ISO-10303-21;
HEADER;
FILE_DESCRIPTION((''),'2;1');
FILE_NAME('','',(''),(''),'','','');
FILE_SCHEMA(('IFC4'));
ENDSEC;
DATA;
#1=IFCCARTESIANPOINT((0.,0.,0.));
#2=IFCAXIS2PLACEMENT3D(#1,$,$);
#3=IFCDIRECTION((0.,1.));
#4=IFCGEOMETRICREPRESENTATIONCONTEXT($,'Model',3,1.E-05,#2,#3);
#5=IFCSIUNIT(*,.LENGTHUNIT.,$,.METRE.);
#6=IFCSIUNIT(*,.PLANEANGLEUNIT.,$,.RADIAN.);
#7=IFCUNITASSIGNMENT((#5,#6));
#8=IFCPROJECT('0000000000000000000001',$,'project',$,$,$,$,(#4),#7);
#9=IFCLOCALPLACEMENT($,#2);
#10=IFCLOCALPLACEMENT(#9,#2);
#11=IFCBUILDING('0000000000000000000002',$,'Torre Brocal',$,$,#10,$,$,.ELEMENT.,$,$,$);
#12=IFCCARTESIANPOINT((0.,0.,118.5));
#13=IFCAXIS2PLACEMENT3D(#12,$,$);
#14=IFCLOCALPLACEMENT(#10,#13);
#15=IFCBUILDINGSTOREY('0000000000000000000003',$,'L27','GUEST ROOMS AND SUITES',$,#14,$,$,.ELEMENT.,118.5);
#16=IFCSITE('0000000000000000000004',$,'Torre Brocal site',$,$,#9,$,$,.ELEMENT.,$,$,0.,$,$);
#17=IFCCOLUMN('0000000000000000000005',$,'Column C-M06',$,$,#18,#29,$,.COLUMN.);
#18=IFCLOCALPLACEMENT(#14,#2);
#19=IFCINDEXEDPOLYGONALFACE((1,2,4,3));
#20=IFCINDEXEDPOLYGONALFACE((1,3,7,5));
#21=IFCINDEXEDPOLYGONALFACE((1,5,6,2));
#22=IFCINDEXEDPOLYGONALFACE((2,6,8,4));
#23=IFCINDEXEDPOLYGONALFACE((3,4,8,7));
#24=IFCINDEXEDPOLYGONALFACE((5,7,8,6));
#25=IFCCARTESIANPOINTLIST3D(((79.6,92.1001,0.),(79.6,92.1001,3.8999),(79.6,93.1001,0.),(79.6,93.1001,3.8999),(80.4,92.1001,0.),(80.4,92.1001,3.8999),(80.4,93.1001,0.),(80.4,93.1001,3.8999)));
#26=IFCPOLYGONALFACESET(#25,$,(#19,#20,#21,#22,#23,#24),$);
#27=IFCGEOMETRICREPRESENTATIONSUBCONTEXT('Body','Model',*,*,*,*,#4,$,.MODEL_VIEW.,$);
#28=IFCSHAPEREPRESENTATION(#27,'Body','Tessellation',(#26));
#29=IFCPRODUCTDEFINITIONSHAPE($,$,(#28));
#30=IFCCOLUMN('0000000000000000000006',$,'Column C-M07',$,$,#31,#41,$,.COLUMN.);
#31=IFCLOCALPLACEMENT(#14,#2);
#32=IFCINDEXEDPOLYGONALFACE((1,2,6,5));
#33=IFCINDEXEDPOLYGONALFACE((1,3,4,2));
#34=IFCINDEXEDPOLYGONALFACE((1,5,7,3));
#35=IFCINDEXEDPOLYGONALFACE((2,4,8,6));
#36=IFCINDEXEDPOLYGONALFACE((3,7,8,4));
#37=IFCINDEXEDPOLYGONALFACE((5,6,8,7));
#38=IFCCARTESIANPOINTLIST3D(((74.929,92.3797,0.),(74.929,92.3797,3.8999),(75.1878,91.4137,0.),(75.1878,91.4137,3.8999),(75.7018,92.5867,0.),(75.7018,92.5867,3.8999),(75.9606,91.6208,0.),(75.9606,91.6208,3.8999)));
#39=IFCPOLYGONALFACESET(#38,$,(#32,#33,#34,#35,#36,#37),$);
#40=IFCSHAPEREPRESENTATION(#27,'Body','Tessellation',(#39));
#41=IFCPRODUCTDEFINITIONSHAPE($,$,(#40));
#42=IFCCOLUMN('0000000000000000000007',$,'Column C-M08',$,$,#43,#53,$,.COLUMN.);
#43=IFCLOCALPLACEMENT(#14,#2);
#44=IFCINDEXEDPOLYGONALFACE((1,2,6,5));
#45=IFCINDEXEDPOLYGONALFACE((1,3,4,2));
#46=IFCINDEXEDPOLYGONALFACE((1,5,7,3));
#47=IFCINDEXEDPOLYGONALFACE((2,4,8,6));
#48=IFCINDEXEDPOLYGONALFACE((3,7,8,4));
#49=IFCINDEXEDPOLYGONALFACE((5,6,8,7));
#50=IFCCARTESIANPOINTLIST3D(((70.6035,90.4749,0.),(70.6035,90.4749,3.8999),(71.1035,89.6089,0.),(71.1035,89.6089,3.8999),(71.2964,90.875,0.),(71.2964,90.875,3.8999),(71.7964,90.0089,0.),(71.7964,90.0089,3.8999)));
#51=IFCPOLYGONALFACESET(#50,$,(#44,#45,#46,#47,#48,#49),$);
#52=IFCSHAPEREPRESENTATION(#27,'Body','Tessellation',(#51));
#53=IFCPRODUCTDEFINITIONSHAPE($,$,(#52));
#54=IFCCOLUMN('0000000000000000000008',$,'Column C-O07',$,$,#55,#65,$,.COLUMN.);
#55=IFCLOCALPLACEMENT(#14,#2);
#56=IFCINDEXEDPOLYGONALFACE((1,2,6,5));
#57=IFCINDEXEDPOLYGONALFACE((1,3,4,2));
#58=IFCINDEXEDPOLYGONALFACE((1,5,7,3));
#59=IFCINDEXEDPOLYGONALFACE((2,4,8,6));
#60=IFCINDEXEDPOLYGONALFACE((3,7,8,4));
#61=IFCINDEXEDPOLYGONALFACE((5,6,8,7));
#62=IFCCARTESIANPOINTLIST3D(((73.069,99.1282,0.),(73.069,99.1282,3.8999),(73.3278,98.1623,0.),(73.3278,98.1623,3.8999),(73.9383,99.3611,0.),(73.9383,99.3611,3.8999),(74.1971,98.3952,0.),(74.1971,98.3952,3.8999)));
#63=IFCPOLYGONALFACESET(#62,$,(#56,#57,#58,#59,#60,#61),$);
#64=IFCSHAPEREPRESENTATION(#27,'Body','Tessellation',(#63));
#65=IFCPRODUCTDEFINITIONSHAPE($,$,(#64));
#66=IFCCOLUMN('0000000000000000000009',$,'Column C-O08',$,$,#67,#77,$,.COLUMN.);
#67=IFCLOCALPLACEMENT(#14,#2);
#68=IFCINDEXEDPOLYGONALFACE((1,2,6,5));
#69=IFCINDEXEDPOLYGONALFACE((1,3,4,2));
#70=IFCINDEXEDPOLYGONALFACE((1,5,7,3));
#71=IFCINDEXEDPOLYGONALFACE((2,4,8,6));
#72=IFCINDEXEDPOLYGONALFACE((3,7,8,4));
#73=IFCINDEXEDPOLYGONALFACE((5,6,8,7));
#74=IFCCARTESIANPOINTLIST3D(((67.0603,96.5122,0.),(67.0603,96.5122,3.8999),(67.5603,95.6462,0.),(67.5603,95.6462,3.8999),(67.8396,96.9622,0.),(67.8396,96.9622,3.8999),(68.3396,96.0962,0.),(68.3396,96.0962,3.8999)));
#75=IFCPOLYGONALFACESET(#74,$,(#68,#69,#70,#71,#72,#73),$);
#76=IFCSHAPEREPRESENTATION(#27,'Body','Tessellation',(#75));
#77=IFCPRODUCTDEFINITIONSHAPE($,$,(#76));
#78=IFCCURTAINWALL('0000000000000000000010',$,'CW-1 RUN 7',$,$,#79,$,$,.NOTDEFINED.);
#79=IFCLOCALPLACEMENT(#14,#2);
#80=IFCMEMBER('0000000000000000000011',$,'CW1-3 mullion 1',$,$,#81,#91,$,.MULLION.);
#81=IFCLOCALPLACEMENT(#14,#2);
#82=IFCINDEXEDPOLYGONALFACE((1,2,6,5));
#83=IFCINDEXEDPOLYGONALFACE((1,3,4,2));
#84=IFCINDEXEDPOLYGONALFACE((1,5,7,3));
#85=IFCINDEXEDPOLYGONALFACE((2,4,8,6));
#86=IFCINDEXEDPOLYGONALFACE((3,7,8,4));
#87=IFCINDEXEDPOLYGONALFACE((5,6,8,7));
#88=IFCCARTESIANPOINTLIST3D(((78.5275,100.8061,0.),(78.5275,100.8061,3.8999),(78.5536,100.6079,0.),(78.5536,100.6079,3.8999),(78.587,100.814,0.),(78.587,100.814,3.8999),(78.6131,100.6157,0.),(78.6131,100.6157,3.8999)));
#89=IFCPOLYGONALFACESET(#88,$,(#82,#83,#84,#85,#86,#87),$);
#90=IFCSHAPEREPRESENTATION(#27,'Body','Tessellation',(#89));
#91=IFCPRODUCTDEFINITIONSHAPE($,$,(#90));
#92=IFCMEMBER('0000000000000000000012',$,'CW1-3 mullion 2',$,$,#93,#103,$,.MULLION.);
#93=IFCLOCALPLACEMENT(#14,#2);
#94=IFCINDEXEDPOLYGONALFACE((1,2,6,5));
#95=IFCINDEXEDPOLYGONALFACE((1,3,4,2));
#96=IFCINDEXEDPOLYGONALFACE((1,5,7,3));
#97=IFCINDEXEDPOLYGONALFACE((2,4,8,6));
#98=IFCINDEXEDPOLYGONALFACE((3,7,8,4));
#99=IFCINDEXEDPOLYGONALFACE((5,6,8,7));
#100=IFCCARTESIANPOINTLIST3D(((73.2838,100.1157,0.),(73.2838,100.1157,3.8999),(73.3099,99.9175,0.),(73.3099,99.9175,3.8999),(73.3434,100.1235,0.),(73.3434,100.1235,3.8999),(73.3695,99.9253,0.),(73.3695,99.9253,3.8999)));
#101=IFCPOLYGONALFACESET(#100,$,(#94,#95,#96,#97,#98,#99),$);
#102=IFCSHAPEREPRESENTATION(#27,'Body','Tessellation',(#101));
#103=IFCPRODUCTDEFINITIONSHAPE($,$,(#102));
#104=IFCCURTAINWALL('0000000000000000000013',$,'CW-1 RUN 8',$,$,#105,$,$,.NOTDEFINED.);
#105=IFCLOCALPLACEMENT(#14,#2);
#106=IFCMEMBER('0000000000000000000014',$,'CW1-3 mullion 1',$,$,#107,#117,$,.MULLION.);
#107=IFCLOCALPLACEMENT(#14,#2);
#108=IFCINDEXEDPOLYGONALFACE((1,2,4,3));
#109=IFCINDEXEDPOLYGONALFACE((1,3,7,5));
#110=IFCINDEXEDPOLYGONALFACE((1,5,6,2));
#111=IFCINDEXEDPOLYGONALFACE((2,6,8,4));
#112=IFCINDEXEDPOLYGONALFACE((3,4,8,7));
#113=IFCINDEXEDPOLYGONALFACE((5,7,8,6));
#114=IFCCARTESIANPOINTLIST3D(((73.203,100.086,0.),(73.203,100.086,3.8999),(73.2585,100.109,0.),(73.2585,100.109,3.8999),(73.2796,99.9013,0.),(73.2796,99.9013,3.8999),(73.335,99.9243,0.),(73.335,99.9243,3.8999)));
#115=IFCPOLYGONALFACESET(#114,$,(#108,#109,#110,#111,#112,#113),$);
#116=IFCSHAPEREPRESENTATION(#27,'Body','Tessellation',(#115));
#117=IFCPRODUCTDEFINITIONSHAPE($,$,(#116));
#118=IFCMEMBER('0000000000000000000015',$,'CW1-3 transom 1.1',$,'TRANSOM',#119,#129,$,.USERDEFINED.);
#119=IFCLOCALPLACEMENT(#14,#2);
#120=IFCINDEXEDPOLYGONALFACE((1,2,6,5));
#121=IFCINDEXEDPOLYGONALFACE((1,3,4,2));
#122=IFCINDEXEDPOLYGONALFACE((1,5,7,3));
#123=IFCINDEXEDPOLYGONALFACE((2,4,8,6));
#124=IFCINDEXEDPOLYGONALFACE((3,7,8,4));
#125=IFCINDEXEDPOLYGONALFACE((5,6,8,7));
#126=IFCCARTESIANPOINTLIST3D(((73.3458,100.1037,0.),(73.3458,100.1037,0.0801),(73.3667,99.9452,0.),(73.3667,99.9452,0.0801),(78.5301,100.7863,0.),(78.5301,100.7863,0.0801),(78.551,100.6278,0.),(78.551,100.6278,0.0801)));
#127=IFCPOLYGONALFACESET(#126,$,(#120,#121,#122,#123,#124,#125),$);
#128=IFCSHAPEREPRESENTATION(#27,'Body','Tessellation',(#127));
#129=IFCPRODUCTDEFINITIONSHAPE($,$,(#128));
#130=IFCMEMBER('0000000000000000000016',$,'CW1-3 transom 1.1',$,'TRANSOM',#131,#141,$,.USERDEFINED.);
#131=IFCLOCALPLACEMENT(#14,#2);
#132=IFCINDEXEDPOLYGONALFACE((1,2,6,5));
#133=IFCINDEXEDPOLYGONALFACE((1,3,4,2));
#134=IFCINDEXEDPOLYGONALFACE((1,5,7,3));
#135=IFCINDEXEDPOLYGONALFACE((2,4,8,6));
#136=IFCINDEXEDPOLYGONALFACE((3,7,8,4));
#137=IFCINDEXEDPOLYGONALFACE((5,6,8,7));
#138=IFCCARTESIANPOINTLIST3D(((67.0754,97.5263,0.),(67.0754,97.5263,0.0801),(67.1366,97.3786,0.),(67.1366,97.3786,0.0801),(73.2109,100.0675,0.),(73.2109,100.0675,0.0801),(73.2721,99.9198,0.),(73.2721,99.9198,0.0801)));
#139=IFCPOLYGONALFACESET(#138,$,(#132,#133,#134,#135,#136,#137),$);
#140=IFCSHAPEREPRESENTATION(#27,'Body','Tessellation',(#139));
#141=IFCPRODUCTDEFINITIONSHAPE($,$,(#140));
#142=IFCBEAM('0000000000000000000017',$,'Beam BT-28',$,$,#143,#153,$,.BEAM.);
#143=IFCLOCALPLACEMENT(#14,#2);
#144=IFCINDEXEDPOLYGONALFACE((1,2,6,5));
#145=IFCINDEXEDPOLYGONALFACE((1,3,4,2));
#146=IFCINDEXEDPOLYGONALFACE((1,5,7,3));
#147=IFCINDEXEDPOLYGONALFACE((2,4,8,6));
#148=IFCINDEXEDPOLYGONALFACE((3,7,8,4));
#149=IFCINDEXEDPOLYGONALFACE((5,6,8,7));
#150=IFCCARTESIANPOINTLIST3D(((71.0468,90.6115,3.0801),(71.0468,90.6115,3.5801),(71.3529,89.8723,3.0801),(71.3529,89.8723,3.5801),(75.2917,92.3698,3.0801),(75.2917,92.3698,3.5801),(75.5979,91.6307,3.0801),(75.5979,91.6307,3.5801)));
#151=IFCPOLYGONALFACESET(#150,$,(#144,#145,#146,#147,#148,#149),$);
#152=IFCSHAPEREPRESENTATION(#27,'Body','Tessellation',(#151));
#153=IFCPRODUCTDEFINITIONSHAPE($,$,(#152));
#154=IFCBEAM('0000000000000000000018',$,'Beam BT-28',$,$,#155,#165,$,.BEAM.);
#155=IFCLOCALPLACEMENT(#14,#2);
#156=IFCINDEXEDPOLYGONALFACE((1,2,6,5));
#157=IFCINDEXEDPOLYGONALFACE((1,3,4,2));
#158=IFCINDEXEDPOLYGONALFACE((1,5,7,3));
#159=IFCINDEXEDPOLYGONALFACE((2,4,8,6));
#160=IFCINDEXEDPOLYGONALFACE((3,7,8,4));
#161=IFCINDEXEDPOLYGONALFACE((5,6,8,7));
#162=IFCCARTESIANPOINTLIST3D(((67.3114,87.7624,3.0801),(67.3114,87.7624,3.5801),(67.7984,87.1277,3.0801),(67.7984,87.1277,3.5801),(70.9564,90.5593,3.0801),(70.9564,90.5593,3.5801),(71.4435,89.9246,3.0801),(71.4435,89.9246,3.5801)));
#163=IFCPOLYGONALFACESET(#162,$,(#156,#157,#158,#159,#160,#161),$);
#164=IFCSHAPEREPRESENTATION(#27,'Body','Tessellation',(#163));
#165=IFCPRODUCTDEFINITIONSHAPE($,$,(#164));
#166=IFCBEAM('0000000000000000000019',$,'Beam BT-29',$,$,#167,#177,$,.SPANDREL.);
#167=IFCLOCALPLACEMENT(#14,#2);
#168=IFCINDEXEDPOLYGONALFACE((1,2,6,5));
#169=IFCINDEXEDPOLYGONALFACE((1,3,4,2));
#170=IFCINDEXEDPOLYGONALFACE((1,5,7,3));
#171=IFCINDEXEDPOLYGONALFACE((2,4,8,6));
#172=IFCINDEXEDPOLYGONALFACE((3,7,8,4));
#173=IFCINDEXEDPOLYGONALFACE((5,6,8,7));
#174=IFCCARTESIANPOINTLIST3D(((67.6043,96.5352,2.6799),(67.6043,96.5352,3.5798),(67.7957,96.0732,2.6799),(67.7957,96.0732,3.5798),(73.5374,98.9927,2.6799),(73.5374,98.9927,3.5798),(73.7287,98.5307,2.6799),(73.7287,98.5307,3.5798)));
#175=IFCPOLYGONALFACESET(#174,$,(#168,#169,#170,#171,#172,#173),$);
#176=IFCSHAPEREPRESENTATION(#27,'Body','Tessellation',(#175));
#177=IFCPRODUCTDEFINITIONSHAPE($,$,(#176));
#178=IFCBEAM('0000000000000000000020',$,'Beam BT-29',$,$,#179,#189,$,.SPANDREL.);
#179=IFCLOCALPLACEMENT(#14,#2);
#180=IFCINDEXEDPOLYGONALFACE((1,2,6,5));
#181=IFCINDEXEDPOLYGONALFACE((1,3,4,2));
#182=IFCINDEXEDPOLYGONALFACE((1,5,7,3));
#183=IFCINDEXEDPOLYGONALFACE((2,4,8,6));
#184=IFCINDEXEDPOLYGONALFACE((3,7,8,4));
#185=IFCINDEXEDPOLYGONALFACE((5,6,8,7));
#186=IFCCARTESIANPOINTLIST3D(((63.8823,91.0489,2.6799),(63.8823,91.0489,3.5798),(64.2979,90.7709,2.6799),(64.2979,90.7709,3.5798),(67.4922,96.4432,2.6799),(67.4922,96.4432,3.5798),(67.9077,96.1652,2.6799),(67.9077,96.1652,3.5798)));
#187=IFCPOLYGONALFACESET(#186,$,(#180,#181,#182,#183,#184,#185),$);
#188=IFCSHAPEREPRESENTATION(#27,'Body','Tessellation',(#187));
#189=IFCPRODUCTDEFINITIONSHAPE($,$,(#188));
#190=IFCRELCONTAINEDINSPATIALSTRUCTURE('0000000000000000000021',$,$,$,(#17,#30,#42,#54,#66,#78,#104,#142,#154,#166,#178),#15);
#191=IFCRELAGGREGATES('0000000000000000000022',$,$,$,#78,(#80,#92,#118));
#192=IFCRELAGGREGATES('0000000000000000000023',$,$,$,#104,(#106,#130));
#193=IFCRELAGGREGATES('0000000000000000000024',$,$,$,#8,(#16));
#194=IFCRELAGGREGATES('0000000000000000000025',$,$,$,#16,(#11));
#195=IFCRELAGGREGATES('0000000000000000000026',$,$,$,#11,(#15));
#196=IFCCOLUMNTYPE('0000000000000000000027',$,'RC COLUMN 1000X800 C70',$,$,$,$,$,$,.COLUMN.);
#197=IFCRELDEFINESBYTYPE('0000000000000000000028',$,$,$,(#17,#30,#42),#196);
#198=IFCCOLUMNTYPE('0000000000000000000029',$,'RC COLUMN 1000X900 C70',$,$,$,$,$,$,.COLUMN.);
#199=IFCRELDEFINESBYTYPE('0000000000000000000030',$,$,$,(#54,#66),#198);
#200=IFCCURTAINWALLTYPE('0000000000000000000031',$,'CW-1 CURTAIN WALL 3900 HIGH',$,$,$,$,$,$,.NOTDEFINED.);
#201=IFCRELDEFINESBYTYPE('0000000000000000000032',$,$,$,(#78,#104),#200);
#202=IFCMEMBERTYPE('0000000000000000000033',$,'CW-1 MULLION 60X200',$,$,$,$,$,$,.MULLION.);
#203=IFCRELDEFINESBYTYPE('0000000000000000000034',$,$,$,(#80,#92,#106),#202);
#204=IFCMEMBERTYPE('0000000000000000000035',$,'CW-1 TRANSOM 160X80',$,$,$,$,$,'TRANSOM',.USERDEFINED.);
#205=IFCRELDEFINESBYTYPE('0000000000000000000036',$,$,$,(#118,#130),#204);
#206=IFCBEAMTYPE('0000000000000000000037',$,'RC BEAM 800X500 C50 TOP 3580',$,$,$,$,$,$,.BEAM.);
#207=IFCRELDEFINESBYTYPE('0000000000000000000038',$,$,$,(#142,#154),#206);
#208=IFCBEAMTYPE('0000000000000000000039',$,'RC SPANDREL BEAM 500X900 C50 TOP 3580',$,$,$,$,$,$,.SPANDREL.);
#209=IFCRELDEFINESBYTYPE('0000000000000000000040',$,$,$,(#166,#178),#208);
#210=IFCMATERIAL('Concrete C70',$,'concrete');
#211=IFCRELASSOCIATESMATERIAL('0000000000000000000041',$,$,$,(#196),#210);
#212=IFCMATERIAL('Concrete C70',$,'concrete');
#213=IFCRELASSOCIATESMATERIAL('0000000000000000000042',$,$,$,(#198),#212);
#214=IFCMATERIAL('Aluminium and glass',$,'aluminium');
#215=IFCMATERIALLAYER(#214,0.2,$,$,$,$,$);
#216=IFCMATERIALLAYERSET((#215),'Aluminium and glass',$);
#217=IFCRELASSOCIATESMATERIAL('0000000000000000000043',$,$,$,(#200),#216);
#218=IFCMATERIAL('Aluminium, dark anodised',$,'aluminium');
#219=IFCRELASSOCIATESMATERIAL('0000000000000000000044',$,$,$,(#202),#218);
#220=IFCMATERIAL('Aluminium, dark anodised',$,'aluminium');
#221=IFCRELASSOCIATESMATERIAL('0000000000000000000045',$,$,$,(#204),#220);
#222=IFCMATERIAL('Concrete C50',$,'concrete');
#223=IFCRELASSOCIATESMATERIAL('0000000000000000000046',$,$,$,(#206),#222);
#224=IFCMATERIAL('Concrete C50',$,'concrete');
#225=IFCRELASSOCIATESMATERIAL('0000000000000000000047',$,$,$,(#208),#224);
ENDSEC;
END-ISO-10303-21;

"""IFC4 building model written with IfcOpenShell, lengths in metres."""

from ifc_helpers import new_model, si_unit, direction, frame, origin, origin_2d, place, context, subcontext, project, spatial, rectangle, extrude, material, layer, layer_set, material_profile, profile_set, type_object, element, aggregate, save


model = new_model("IFC4")

# Units and contexts
model_context = context("Model", 3, precision=1e-05, world=origin(), true_north=direction((0.0, 1.0)))
body_context = subcontext(model_context, "Body", "Model", "MODEL_VIEW")
ifc_project = project(units=[si_unit("LENGTHUNIT", "METRE"), si_unit("PLANEANGLEUNIT", "RADIAN")], contexts=[model_context])

# Site, building, storey
site_placement = place(None, origin())
site = spatial("IfcSite", under=ifc_project, at=site_placement, Name="Torre Brocal site", CompositionType="ELEMENT", RefElevation=0.0)
building_placement = place(site_placement, origin())
building = spatial("IfcBuilding", under=site, at=building_placement, Name="Torre Brocal", CompositionType="ELEMENT")
storey_placement = place(building_placement, frame((0.0, 0.0, 118.5)))
storey = spatial("IfcBuildingStorey", under=building, at=storey_placement, Name="L27", Description="GUEST ROOMS AND SUITES", CompositionType="ELEMENT", Elevation=118.5)

# Columns
ifc_material_1 = material(Name="Concrete C70", Category="concrete")
ifc_material_profile_1 = material_profile(ifc_material_1, rectangle(XDim=1.0, YDim=0.8, at=origin_2d()), Name="RC 1000X800")
ifc_profile_set_1 = profile_set([ifc_material_profile_1], Name="Concrete C70")
column_type_1 = type_object("IfcColumnType", Name="RC COLUMN 1000X800 C70", PredefinedType="COLUMN", material=ifc_profile_set_1)
for number, where, z_axis, x_axis, name in (
    (1, (80.0, 92.6001, 0.0), (0.0, 0.0, 1.0), (0.0, 1.0, 0.0), "Column C-M06"),
    (2, (75.4448, 92.0002, 0.0), (0.0, 0.0, 1.0), (-0.258819, 0.965926, 0.0), "Column C-M07"),
    (3, (71.2, 90.2419, 0.0), (0.0, 0.0, 1.0), (-0.5, 0.866025, 0.0), "Column C-M08"),
):
    element("IfcColumn", number, at=place(storey_placement, frame(where, z_axis=z_axis, x_axis=x_axis)), inside=storey, type_object=column_type_1, Name=name, PredefinedType="COLUMN", context=body_context, shape_type="SweptSolid", body=[
        extrude(rectangle(XDim=1.0, YDim=0.8, at=origin_2d()), origin(), (0.0, 0.0, 1.0), 3.8999),
    ])
ifc_material_2 = material(Name="Concrete C70", Category="concrete")
ifc_material_profile_2 = material_profile(ifc_material_2, rectangle(XDim=1.0, YDim=0.8999, at=origin_2d()), Name="RC 1000X900")
ifc_profile_set_2 = profile_set([ifc_material_profile_2], Name="Concrete C70")
column_type_2 = type_object("IfcColumnType", Name="RC COLUMN 1000X900 C70", PredefinedType="COLUMN", material=ifc_profile_set_2)
for number, where, z_axis, x_axis, name in (
    (4, (73.6331, 98.7617, 0.0), (0.0, 0.0, 1.0), (-0.258819, 0.965926, 0.0), "Column C-O07"),
    (5, (67.7, 96.3042, 0.0), (0.0, 0.0, 1.0), (-0.5, 0.866025, 0.0), "Column C-O08"),
):
    element("IfcColumn", number, at=place(storey_placement, frame(where, z_axis=z_axis, x_axis=x_axis)), inside=storey, type_object=column_type_2, Name=name, PredefinedType="COLUMN", context=body_context, shape_type="SweptSolid", body=[
        extrude(rectangle(XDim=1.0, YDim=0.8999, at=origin_2d()), origin(), (0.0, 0.0, 1.0), 3.8999),
    ])

# Curtain wall, members
ifc_material_3 = material(Name="Aluminium and glass", Category="aluminium")
ifc_layer_1 = layer(ifc_material_3, 0.2)
ifc_layer_set_1 = layer_set([ifc_layer_1], Name="Aluminium and glass")
curtain_wall_type = type_object("IfcCurtainWallType", Name="CW-1 CURTAIN WALL 3900 HIGH", PredefinedType="NOTDEFINED", material=ifc_layer_set_1)
curtain_wall_1_placement = place(storey_placement, origin())
curtain_wall_1 = element("IfcCurtainWall", 6, at=curtain_wall_1_placement, inside=storey, type_object=curtain_wall_type, Name="CW-1 RUN 7", PredefinedType="NOTDEFINED")
ifc_material_4 = material(Name="Aluminium, dark anodised", Category="aluminium")
ifc_material_profile_3 = material_profile(ifc_material_4, rectangle(XDim=0.2, YDim=0.0601, at=origin_2d()), Name="CW-1 MULLION 60X200")
ifc_profile_set_3 = profile_set([ifc_material_profile_3], Name="Aluminium, dark anodised")
member_type_1 = type_object("IfcMemberType", Name="CW-1 MULLION 60X200", PredefinedType="MULLION", material=ifc_profile_set_3)
member_1_placement = place(storey_placement, frame((78.5703, 100.7109, 0.0), z_axis=(0.0, 0.0, 1.0), x_axis=(0.130526, -0.991445, 0.0)))
member_1 = element("IfcMember", 7, at=member_1_placement, type_object=member_type_1, Name="CW1-3 mullion 1", PredefinedType="MULLION", context=body_context, shape_type="SweptSolid", body=[
    extrude(rectangle(XDim=0.2, YDim=0.0601, at=origin_2d()), origin(), (0.0, 0.0, 1.0), 3.8999),
])
member_2_placement = place(storey_placement, frame((73.3267, 100.0205, 0.0), z_axis=(0.0, 0.0, 1.0), x_axis=(0.130526, -0.991445, 0.0)))
member_2 = element("IfcMember", 8, at=member_2_placement, type_object=member_type_1, Name="CW1-3 mullion 2", PredefinedType="MULLION", context=body_context, shape_type="SweptSolid", body=[
    extrude(rectangle(XDim=0.2, YDim=0.0601, at=origin_2d()), origin(), (0.0, 0.0, 1.0), 3.8999),
])

# Curtain wall, member
curtain_wall_2_placement = place(storey_placement, origin())
curtain_wall_2 = element("IfcCurtainWall", 9, at=curtain_wall_2_placement, inside=storey, type_object=curtain_wall_type, Name="CW-1 RUN 8", PredefinedType="NOTDEFINED")
member_3_placement = place(storey_placement, frame((73.269, 100.0051, 0.0), z_axis=(0.0, 0.0, 1.0), x_axis=(0.382683, -0.92388, 0.0)))
member_3 = element("IfcMember", 10, at=member_3_placement, type_object=member_type_1, Name="CW1-3 mullion 1", PredefinedType="MULLION", context=body_context, shape_type="SweptSolid", body=[
    extrude(rectangle(XDim=0.2, YDim=0.0601, at=origin_2d()), origin(), (0.0, 0.0, 1.0), 3.8999),
])

# Members
ifc_material_5 = material(Name="Aluminium, dark anodised", Category="aluminium")
ifc_material_profile_4 = material_profile(ifc_material_5, rectangle(XDim=0.1599, YDim=0.0801, at=origin_2d()), Name="CW-1 TRANSOM 160X80")
ifc_profile_set_4 = profile_set([ifc_material_profile_4], Name="Aluminium, dark anodised")
member_type_2 = type_object("IfcMemberType", Name="CW-1 TRANSOM 160X80", ElementType="TRANSOM", PredefinedType="USERDEFINED", material=ifc_profile_set_4)
member_4_placement = place(storey_placement, frame((78.5405, 100.707, 0.04), z_axis=(-0.991443, -0.130543, 0.0), x_axis=(0.130543, -0.991443, 0.0)))
member_4 = element("IfcMember", 11, at=member_4_placement, type_object=member_type_2, Name="CW1-3 transom 1.1", ObjectType="TRANSOM", PredefinedType="USERDEFINED", context=body_context, shape_type="SweptSolid", body=[
    extrude(rectangle(XDim=0.1599, YDim=0.0801, at=origin_2d()), origin(), (0.0, 0.0, 1.0), 5.229),
])
member_5_placement = place(storey_placement, frame((73.2415, 99.9937, 0.04), z_axis=(-0.923887, -0.382665, 0.0), x_axis=(0.382665, -0.923887, 0.0)))
member_5 = element("IfcMember", 12, at=member_5_placement, type_object=member_type_2, Name="CW1-3 transom 1.1", ObjectType="TRANSOM", PredefinedType="USERDEFINED", context=body_context, shape_type="SweptSolid", body=[
    extrude(rectangle(XDim=0.1599, YDim=0.0801, at=origin_2d()), origin(), (0.0, 0.0, 1.0), 6.6409),
])

# Beams
ifc_material_6 = material(Name="Concrete C50", Category="concrete")
ifc_material_profile_5 = material_profile(ifc_material_6, rectangle(XDim=0.8, YDim=0.5, at=origin_2d()), Name="RC 800X500")
ifc_profile_set_5 = profile_set([ifc_material_profile_5], Name="Concrete C50")
beam_type_1 = type_object("IfcBeamType", Name="RC BEAM 800X500 C50 TOP 3580", PredefinedType="BEAM", material=ifc_profile_set_5)
beam_1_placement = place(storey_placement, frame((75.4448, 92.0002, 3.3301), z_axis=(-0.923878, -0.382687, 0.0), x_axis=(0.382687, -0.923878, 0.0)))
element("IfcBeam", 13, at=beam_1_placement, inside=storey, type_object=beam_type_1, Name="Beam BT-28", PredefinedType="BEAM", context=body_context, shape_type="SweptSolid", body=[
    extrude(rectangle(XDim=0.8, YDim=0.5, at=origin_2d()), origin(), (0.0, 0.0, 1.0), 4.5947),
])
beam_2_placement = place(storey_placement, frame((71.2, 90.2419, 3.3301), z_axis=(-0.793358, -0.608755, 0.0), x_axis=(0.608755, -0.793358, 0.0)))
element("IfcBeam", 14, at=beam_2_placement, inside=storey, type_object=beam_type_1, Name="Beam BT-28", PredefinedType="BEAM", context=body_context, shape_type="SweptSolid", body=[
    extrude(rectangle(XDim=0.8, YDim=0.5, at=origin_2d()), origin(), (0.0, 0.0, 1.0), 4.5945),
])
ifc_material_7 = material(Name="Concrete C50", Category="concrete")
ifc_material_profile_6 = material_profile(ifc_material_7, rectangle(XDim=0.5, YDim=0.8999, at=origin_2d()), Name="RC 500X900")
ifc_profile_set_6 = profile_set([ifc_material_profile_6], Name="Concrete C50")
beam_type_2 = type_object("IfcBeamType", Name="RC SPANDREL BEAM 500X900 C50 TOP 3580", PredefinedType="SPANDREL", material=ifc_profile_set_6)
beam_3_placement = place(storey_placement, frame((73.6331, 98.7617, 3.1299), z_axis=(-0.923882, -0.382676, 0.0), x_axis=(0.382676, -0.923882, 0.0)))
element("IfcBeam", 15, at=beam_3_placement, inside=storey, type_object=beam_type_2, Name="Beam BT-29", PredefinedType="SPANDREL", context=body_context, shape_type="SweptSolid", body=[
    extrude(rectangle(XDim=0.5, YDim=0.8999, at=origin_2d()), origin(), (0.0, 0.0, 1.0), 6.4219),
])
beam_4_placement = place(storey_placement, frame((67.7, 96.3042, 3.1299), z_axis=(-0.556158, -0.831077, 0.0), x_axis=(0.831077, -0.556158, 0.0)))
element("IfcBeam", 16, at=beam_4_placement, inside=storey, type_object=beam_type_2, Name="Beam BT-29", PredefinedType="SPANDREL", context=body_context, shape_type="SweptSolid", body=[
    extrude(rectangle(XDim=0.5, YDim=0.8999, at=origin_2d()), origin(), (0.0, 0.0, 1.0), 6.4907),
])

aggregate(curtain_wall_1, [member_1, member_2, member_4])
aggregate(curtain_wall_2, [member_3, member_5])

save(model, "model.ifc")
